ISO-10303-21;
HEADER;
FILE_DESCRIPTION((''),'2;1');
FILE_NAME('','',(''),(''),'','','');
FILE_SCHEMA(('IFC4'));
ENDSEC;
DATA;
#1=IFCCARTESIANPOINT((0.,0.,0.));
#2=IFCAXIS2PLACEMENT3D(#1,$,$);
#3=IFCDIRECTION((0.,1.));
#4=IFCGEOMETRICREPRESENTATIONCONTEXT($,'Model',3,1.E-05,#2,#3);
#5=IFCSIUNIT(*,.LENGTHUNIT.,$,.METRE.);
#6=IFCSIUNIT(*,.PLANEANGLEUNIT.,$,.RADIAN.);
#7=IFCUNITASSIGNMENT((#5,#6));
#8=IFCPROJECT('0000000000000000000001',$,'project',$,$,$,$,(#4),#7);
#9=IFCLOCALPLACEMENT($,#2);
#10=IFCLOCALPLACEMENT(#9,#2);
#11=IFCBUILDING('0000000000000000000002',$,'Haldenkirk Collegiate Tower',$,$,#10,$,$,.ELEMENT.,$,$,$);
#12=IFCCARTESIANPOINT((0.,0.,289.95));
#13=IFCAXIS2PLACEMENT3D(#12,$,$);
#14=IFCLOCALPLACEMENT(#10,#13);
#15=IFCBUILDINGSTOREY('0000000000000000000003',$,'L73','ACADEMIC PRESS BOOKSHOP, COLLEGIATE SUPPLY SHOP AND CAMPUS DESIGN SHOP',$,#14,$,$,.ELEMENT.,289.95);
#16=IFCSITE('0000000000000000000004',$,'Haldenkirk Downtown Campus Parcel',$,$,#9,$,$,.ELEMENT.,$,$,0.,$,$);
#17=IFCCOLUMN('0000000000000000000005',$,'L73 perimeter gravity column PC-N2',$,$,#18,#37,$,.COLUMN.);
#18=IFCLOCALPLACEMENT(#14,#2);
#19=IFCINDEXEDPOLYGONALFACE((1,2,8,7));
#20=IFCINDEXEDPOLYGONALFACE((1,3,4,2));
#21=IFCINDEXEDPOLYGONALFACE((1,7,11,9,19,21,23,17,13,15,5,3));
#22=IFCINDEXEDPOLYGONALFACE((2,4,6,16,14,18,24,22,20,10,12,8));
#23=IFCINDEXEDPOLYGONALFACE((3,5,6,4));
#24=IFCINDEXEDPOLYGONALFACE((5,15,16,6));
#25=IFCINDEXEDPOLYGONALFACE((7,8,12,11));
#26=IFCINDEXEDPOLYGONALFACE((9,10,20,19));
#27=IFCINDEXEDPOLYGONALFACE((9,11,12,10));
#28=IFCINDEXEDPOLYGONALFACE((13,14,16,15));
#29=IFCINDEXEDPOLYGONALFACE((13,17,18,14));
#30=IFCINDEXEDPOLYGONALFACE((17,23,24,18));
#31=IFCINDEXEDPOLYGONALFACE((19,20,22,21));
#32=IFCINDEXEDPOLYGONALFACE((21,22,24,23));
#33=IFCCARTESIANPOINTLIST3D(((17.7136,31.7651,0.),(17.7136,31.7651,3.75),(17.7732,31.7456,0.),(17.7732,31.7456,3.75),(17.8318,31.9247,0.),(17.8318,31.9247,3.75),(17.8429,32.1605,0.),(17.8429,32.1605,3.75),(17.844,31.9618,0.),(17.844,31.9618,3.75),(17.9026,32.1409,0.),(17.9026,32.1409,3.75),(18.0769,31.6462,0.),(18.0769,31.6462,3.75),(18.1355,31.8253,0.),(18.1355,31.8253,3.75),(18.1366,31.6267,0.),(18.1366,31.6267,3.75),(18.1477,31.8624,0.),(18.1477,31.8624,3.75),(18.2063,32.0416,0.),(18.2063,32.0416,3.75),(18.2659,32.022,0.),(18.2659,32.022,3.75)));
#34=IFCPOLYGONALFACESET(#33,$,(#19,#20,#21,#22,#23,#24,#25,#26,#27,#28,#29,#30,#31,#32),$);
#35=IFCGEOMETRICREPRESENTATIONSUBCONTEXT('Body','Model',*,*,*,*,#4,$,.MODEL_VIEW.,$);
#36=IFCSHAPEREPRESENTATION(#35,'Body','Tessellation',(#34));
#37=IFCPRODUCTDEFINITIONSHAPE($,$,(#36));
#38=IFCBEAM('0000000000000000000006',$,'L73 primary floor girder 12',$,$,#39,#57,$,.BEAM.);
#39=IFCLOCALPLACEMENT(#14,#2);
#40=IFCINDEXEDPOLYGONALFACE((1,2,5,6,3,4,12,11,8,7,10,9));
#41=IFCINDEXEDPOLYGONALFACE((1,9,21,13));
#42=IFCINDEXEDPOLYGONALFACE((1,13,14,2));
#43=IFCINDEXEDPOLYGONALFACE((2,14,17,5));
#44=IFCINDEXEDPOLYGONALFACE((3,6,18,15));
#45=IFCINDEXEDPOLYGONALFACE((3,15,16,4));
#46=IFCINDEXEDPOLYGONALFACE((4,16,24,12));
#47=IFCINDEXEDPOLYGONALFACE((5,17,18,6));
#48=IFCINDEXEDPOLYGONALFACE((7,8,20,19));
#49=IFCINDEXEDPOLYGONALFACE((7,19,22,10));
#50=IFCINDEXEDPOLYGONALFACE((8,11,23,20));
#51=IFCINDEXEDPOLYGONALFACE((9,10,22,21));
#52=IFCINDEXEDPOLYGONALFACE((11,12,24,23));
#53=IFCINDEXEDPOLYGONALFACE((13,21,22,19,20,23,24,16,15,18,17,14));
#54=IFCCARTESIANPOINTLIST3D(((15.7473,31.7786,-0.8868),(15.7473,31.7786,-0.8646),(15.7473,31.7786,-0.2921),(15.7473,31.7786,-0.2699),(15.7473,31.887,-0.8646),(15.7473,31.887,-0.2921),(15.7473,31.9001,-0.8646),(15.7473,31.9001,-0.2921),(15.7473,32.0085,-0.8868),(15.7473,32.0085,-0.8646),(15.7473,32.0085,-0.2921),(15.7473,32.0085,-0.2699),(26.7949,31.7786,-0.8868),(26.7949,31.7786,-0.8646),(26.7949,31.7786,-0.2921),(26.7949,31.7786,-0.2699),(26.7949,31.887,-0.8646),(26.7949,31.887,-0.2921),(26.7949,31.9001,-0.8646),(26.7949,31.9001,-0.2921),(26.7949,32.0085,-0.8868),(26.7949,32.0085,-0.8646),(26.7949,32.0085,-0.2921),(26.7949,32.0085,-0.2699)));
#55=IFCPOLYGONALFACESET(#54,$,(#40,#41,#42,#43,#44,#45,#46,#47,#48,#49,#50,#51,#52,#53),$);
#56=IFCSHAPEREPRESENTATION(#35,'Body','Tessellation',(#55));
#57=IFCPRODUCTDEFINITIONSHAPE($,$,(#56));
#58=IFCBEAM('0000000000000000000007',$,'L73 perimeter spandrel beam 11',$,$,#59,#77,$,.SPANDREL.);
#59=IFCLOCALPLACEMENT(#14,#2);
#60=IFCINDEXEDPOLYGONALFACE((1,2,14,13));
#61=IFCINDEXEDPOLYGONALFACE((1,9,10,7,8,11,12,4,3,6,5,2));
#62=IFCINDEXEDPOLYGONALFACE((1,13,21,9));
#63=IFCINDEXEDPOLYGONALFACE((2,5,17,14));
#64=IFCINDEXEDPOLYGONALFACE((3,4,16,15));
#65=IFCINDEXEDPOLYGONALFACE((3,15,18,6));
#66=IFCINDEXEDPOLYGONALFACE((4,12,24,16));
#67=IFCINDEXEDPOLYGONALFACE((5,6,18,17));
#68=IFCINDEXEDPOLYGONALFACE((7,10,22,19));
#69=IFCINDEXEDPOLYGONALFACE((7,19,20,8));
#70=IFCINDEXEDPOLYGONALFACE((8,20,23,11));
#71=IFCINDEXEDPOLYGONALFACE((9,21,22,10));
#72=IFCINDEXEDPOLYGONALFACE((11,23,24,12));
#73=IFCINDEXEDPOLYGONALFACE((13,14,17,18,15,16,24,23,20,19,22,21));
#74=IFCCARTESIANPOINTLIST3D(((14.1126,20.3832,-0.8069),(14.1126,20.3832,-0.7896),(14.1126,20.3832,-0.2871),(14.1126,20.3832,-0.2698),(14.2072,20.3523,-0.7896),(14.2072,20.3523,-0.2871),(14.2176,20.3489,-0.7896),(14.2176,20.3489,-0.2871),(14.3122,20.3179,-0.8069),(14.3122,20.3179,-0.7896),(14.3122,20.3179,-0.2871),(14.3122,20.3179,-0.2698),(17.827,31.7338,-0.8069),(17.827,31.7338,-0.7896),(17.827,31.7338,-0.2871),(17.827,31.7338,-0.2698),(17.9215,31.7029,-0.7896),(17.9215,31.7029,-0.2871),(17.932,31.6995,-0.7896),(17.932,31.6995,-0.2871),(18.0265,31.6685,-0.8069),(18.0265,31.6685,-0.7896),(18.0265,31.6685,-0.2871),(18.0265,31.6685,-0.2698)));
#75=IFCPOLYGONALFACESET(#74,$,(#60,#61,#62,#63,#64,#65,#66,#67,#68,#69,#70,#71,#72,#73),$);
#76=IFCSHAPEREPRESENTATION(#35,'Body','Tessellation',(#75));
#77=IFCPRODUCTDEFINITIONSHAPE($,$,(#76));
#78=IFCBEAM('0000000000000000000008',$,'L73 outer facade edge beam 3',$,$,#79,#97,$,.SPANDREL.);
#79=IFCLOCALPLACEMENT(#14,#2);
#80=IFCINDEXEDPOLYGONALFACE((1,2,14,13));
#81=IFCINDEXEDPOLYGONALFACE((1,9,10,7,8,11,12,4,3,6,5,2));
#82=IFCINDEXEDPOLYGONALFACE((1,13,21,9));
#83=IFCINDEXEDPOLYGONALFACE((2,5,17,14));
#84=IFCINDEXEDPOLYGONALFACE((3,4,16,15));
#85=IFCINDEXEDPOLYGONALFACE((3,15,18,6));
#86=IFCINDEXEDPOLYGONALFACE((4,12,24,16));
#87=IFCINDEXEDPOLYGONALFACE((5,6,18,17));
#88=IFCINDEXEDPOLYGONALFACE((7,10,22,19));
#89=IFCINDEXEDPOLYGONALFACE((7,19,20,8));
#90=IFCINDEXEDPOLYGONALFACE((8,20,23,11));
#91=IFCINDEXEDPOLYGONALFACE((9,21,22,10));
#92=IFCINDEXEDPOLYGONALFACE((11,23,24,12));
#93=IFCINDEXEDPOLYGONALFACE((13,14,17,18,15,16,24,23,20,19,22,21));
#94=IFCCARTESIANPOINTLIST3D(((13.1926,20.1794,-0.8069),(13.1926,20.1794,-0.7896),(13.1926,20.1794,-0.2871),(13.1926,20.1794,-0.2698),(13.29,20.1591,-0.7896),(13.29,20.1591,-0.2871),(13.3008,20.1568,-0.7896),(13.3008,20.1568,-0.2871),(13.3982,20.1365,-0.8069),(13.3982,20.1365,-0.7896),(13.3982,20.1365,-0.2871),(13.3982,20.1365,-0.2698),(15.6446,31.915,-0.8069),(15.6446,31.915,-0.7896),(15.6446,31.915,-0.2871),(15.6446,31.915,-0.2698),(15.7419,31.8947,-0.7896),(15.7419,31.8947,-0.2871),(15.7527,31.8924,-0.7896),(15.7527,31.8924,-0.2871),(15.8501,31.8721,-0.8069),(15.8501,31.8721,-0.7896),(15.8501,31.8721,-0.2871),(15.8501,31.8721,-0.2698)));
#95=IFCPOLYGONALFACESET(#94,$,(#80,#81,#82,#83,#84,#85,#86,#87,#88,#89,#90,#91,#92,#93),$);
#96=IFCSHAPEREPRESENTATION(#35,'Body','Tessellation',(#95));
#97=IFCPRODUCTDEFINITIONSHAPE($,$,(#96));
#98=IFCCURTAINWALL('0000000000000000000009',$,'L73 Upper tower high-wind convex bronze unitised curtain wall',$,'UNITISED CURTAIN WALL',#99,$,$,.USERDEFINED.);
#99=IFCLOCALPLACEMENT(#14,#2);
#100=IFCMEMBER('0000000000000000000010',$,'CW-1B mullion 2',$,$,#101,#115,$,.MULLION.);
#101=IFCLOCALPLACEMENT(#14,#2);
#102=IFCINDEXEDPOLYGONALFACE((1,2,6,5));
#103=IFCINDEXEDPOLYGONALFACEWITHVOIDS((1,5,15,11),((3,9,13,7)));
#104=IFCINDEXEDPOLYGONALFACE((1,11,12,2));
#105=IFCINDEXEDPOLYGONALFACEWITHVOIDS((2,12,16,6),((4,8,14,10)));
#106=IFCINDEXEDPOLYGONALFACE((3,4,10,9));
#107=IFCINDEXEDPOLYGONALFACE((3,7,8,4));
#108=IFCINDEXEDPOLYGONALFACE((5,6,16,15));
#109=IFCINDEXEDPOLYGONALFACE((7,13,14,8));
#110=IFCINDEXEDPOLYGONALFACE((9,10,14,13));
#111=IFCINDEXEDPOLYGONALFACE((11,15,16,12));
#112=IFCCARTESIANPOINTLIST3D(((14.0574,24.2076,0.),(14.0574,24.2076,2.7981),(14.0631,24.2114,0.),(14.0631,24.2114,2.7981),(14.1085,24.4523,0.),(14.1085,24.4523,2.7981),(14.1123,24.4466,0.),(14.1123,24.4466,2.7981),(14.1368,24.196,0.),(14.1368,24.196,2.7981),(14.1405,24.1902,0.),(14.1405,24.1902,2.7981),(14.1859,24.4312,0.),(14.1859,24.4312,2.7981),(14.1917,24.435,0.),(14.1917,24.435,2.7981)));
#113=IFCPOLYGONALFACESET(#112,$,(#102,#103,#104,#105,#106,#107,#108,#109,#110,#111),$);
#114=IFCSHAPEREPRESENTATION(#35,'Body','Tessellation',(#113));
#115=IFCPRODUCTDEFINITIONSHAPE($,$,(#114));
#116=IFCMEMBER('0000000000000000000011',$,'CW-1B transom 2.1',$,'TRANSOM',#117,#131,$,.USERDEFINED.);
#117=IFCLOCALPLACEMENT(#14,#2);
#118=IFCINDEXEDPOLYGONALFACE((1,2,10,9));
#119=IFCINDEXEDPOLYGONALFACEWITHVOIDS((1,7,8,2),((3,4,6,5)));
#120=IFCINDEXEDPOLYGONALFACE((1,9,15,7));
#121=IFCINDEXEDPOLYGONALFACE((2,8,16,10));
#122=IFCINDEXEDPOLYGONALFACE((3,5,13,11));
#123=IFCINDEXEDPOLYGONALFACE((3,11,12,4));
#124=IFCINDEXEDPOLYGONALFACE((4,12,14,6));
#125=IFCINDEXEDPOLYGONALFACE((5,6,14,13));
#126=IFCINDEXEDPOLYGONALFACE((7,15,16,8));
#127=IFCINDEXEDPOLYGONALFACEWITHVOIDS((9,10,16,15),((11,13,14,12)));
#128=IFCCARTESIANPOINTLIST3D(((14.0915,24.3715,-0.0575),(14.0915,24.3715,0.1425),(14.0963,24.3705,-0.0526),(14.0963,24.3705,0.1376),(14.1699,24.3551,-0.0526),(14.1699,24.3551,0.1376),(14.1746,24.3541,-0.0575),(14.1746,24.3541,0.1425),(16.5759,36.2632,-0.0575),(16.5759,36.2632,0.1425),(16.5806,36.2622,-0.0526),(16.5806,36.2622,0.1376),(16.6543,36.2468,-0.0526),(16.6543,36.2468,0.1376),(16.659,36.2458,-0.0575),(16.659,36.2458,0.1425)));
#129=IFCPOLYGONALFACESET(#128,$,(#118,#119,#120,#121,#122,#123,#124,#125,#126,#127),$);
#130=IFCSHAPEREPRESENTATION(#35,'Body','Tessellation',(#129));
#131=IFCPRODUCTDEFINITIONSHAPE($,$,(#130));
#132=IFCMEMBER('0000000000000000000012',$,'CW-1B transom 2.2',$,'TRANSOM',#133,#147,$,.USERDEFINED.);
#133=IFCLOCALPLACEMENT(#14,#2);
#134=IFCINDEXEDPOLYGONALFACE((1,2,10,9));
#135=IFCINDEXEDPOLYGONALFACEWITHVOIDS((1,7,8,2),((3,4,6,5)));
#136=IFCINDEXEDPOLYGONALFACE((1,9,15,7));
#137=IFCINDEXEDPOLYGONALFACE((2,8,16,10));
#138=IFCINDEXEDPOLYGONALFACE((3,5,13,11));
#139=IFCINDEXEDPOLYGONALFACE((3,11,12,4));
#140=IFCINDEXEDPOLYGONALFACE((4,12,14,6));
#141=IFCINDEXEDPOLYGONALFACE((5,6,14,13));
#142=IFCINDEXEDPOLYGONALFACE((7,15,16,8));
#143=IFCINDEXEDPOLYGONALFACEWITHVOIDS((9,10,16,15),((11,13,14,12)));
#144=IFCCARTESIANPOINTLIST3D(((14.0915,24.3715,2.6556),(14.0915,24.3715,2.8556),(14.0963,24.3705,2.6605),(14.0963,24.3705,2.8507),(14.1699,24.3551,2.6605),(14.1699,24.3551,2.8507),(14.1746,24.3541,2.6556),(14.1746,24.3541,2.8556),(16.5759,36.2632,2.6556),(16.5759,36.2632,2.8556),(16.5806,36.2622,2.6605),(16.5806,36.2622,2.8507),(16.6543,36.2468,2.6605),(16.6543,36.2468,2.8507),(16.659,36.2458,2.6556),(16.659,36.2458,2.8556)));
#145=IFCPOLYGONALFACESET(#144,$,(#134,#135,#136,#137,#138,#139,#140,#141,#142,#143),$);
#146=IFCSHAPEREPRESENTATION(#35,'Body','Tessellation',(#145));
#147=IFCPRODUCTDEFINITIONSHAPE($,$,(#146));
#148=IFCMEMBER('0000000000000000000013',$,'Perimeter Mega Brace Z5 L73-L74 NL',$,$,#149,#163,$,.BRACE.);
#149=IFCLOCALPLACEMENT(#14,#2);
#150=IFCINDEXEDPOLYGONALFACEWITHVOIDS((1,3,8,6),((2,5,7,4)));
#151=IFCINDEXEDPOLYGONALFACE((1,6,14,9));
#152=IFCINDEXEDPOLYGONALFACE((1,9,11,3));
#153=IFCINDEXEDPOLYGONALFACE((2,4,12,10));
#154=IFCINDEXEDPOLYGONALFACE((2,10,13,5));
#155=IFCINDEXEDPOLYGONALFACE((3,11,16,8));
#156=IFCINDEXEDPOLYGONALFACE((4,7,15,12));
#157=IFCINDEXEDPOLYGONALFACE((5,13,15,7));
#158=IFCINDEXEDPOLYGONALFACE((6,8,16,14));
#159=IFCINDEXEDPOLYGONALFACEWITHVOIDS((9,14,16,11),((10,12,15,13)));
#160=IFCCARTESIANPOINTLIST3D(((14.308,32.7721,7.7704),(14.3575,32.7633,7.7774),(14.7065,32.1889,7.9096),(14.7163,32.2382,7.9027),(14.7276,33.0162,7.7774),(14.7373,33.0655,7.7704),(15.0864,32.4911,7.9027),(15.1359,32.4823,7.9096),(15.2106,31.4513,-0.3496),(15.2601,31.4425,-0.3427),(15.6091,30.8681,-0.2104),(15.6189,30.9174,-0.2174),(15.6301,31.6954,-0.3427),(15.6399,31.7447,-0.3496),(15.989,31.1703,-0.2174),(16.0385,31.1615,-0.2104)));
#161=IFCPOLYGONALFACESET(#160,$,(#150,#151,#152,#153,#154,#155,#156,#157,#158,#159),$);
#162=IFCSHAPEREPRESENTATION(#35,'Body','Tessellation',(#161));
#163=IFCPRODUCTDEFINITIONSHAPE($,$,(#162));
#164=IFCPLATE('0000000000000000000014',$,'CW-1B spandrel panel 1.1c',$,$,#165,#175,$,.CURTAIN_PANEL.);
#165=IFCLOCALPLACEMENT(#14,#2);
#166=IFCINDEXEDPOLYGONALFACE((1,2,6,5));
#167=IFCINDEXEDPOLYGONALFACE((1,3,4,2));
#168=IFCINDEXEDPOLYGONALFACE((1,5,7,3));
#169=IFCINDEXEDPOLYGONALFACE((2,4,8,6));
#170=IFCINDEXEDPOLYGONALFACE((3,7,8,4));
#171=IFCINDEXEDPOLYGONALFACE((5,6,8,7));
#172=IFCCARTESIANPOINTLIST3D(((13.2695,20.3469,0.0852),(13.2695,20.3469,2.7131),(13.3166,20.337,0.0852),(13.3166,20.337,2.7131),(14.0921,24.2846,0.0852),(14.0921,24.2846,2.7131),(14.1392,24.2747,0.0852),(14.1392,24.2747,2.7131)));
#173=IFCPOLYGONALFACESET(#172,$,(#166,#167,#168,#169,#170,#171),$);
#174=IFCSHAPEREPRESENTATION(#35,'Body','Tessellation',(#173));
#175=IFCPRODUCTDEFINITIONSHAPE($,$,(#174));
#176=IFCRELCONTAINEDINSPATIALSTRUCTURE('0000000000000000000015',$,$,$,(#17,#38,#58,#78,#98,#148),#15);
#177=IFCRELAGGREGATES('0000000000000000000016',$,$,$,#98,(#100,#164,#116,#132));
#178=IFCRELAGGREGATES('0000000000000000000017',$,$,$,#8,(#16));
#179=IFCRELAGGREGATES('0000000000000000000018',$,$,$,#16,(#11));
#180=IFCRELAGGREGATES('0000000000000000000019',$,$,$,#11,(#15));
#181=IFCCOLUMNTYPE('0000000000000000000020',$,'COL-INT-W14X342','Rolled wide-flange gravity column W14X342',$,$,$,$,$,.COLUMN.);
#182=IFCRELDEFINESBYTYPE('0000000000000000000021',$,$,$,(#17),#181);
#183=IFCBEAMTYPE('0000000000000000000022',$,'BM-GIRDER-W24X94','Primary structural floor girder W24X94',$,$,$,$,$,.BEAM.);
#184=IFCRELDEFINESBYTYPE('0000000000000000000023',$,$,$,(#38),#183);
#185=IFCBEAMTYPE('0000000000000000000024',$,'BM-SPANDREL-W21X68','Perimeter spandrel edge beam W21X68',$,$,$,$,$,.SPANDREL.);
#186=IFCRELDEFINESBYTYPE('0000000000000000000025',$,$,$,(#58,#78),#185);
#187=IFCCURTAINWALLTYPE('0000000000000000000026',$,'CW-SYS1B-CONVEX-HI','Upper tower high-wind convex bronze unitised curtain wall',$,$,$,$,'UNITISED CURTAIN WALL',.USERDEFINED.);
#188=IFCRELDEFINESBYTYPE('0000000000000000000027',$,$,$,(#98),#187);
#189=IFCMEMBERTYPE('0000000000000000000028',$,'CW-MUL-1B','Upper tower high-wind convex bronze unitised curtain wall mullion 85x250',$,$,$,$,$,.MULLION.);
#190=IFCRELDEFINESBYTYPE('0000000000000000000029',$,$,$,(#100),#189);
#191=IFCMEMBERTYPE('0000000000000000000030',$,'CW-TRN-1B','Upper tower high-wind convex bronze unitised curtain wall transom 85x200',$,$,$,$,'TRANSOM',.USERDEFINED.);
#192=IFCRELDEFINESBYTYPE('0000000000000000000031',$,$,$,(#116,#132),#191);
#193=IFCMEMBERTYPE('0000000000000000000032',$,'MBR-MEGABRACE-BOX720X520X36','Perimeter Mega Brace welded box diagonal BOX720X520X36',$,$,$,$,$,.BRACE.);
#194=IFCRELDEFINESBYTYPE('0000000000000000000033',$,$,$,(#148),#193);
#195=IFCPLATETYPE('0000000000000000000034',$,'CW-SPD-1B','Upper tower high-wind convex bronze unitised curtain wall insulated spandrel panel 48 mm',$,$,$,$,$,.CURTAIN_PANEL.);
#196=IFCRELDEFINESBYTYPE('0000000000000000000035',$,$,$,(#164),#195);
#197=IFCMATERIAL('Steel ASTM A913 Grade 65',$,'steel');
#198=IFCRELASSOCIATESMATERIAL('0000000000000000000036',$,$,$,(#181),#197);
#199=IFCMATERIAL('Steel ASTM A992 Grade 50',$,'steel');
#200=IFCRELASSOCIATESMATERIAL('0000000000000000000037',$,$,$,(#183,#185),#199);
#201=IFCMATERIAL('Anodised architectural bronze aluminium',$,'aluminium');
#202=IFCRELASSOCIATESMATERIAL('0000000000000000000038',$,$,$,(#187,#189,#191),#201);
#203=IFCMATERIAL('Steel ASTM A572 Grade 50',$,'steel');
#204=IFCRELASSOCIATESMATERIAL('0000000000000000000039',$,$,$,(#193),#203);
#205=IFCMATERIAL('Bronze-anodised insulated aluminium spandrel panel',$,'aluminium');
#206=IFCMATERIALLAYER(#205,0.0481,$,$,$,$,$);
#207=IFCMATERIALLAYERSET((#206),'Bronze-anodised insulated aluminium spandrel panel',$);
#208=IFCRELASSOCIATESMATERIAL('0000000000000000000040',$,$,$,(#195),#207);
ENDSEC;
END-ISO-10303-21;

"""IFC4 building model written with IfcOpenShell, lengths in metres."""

from ifc_helpers import new_model, si_unit, direction, frame, origin, origin_2d, place, context, subcontext, project, spatial, rectangle, hollow_rectangle, i_section, extrude, source, transform, mapped, material, layer, layer_set, material_profile, profile_set, type_object, element, aggregate, save


model = new_model("IFC4")

# Units and contexts
model_context = context("Model", 3, precision=1e-05, world=origin(), true_north=direction((0.0, 1.0)))
body_context = subcontext(model_context, "Body", "Model", "MODEL_VIEW")
ifc_project = project(units=[si_unit("LENGTHUNIT", "METRE"), si_unit("PLANEANGLEUNIT", "RADIAN")], contexts=[model_context])

# Site, building, storey
site_placement = place(None, origin())
site = spatial("IfcSite", under=ifc_project, at=site_placement, Name="Haldenkirk Downtown Campus Parcel", CompositionType="ELEMENT", RefElevation=0.0)
building_placement = place(site_placement, origin())
building = spatial("IfcBuilding", under=site, at=building_placement, Name="Haldenkirk Collegiate Tower", CompositionType="ELEMENT")
storey_placement = place(building_placement, frame((0.0, 0.0, 289.95)))
storey = spatial("IfcBuildingStorey", under=building, at=storey_placement, Name="L73", Description="ACADEMIC PRESS BOOKSHOP, COLLEGIATE SUPPLY SHOP AND CAMPUS DESIGN SHOP", CompositionType="ELEMENT", Elevation=289.95)

# Column
ifc_material_1 = material(Name="Steel ASTM A913 Grade 65", Category="steel")
ifc_material_profile_1 = material_profile(ifc_material_1, i_section(OverallWidth=0.416, OverallDepth=0.4451, WebThickness=0.0391, FlangeThickness=0.0627, at=origin_2d()), Name="W14X342")
ifc_profile_set_1 = profile_set([ifc_material_profile_1], Name="Steel ASTM A913 Grade 65")
column_type = type_object("IfcColumnType", Name="COL-INT-W14X342", Description="Rolled wide-flange gravity column W14X342", PredefinedType="COLUMN", material=ifc_profile_set_1)
column_placement = place(storey_placement, frame((17.9897, 31.8936, 0.0), z_axis=(0.0, 0.0, 1.0), x_axis=(0.311008, 0.950407, 0.0)))
element("IfcColumn", 1, at=column_placement, inside=storey, type_object=column_type, Name="L73 perimeter gravity column PC-N2", PredefinedType="COLUMN", context=body_context, shape_type="SweptSolid", body=[
    extrude(i_section(OverallWidth=0.416, OverallDepth=0.4451, WebThickness=0.0391, FlangeThickness=0.0627, at=origin_2d()), origin(), (0.0, 0.0, 1.0), 3.75),
])

# Beams
ifc_material_2 = material(Name="Steel ASTM A992 Grade 50", Category="steel")
ifc_material_profile_2 = material_profile(ifc_material_2, i_section(OverallWidth=0.23, OverallDepth=0.6169, WebThickness=0.0132, FlangeThickness=0.0222, at=origin_2d()), Name="W24X94")
ifc_profile_set_2 = profile_set([ifc_material_profile_2], Name="Steel ASTM A992 Grade 50")
beam_type_1 = type_object("IfcBeamType", Name="BM-GIRDER-W24X94", Description="Primary structural floor girder W24X94", PredefinedType="BEAM", material=ifc_profile_set_2)
beam_1_placement = place(storey_placement, frame((15.7473, 31.8936, -0.5784), z_axis=(1.0, 0.0, 0.0), x_axis=(0.0, 1.0, 0.0)))
element("IfcBeam", 2, at=beam_1_placement, inside=storey, type_object=beam_type_1, Name="L73 primary floor girder 12", PredefinedType="BEAM", context=body_context, shape_type="SweptSolid", body=[
    extrude(i_section(OverallWidth=0.23, OverallDepth=0.6169, WebThickness=0.0132, FlangeThickness=0.0222, at=origin_2d()), origin(), (0.0, 0.0, 1.0), 11.0476),
])
ifc_material_profile_3 = material_profile(ifc_material_2, i_section(OverallWidth=0.21, OverallDepth=0.5371, WebThickness=0.011, FlangeThickness=0.0173, at=origin_2d()), Name="W21X68")
ifc_profile_set_3 = profile_set([ifc_material_profile_3], Name="Steel ASTM A992 Grade 50")
beam_type_2 = type_object("IfcBeamType", Name="BM-SPANDREL-W21X68", Description="Perimeter spandrel edge beam W21X68", PredefinedType="SPANDREL", material=ifc_profile_set_3)
beam_2_placement = place(storey_placement, frame((17.9268, 31.7012, -0.5383), z_axis=(-0.31101, -0.950407, 0.0), x_axis=(0.950407, -0.31101, 0.0)))
element("IfcBeam", 3, at=beam_2_placement, inside=storey, type_object=beam_type_2, Name="L73 perimeter spandrel beam 11", PredefinedType="SPANDREL", context=body_context, shape_type="SweptSolid", body=[
    extrude(i_section(OverallWidth=0.21, OverallDepth=0.5371, WebThickness=0.011, FlangeThickness=0.0173, at=origin_2d()), origin(), (0.0, 0.0, 1.0), 11.9429),
])
beam_3_placement = place(storey_placement, frame((15.7473, 31.8936, -0.5383), z_axis=(-0.204513, -0.978864, 0.0), x_axis=(0.978864, -0.204513, 0.0)))
element("IfcBeam", 4, at=beam_3_placement, inside=storey, type_object=beam_type_2, Name="L73 outer facade edge beam 3", PredefinedType="SPANDREL", context=body_context, shape_type="SweptSolid", body=[
    extrude(i_section(OverallWidth=0.21, OverallDepth=0.5371, WebThickness=0.011, FlangeThickness=0.0173, at=origin_2d()), origin(), (0.0, 0.0, 1.0), 11.989),
])

# Curtain wall, members
ifc_material_3 = material(Name="Anodised architectural bronze aluminium", Category="aluminium")
curtain_wall_type = type_object("IfcCurtainWallType", Name="CW-SYS1B-CONVEX-HI", Description="Upper tower high-wind convex bronze unitised curtain wall", ElementType="UNITISED CURTAIN WALL", PredefinedType="USERDEFINED", material=ifc_material_3)
curtain_wall_placement = place(storey_placement, origin())
curtain_wall = element("IfcCurtainWall", 5, at=curtain_wall_placement, inside=storey, type_object=curtain_wall_type, Name="L73 Upper tower high-wind convex bronze unitised curtain wall", ObjectType="UNITISED CURTAIN WALL", PredefinedType="USERDEFINED")
ifc_material_profile_4 = material_profile(ifc_material_3, hollow_rectangle(XDim=0.085, YDim=0.25, WallThickness=0.0049, at=origin_2d()), Name="CW-MUL-1B")
ifc_profile_set_4 = profile_set([ifc_material_profile_4], Name="Anodised architectural bronze aluminium")
member_type_1 = type_object("IfcMemberType", Name="CW-MUL-1B", Description="Upper tower high-wind convex bronze unitised curtain wall mullion 85x250", PredefinedType="MULLION", material=ifc_profile_set_4)
member_1_placement = place(storey_placement, frame((14.1245, 24.3213, 0.0), z_axis=(0.0, 0.0, 1.0), x_axis=(-0.978867, 0.204499, 0.0)))
member_1 = element("IfcMember", 6, at=member_1_placement, type_object=member_type_1, Name="CW-1B mullion 2", PredefinedType="MULLION", context=body_context, shape_type="SweptSolid", body=[
    extrude(hollow_rectangle(XDim=0.085, YDim=0.25, WallThickness=0.0049, at=origin_2d()), origin(), (0.0, 0.0, 1.0), 2.7981),
])
ifc_material_profile_5 = material_profile(ifc_material_3, hollow_rectangle(XDim=0.085, YDim=0.2, WallThickness=0.0049, at=origin_2d()), Name="CW-TRN-1B")
ifc_profile_set_5 = profile_set([ifc_material_profile_5], Name="Anodised architectural bronze aluminium")
member_type_2 = type_object("IfcMemberType", Name="CW-TRN-1B", Description="Upper tower high-wind convex bronze unitised curtain wall transom 85x200", ElementType="TRANSOM", PredefinedType="USERDEFINED", material=ifc_profile_set_5)
member_2_placement = place(storey_placement, frame((14.1331, 24.3628, 0.0425), z_axis=(0.204503, 0.978866, 0.0), x_axis=(-0.978866, 0.204503, 0.0)))
member_2 = element("IfcMember", 7, at=member_2_placement, type_object=member_type_2, Name="CW-1B transom 2.1", ObjectType="TRANSOM", PredefinedType="USERDEFINED", context=body_context, shape_type="SweptSolid", body=[
    extrude(hollow_rectangle(XDim=0.085, YDim=0.2, WallThickness=0.0049, at=origin_2d()), origin(), (0.0, 0.0, 1.0), 12.1484),
])
member_3_placement = place(storey_placement, frame((14.1331, 24.3628, 2.7556), z_axis=(0.204503, 0.978866, 0.0), x_axis=(-0.978866, 0.204503, 0.0)))
member_3 = element("IfcMember", 8, at=member_3_placement, type_object=member_type_2, Name="CW-1B transom 2.2", ObjectType="TRANSOM", PredefinedType="USERDEFINED", context=body_context, shape_type="SweptSolid", body=[
    extrude(hollow_rectangle(XDim=0.085, YDim=0.2, WallThickness=0.0049, at=origin_2d()), origin(), (0.0, 0.0, 1.0), 12.1484),
])

# Member
ifc_material_4 = material(Name="Steel ASTM A572 Grade 50", Category="steel")
ifc_material_profile_6 = material_profile(ifc_material_4, hollow_rectangle(XDim=0.52, YDim=0.72, WallThickness=0.0359, at=origin_2d()), Name="BOX720X520X36")
ifc_profile_set_6 = profile_set([ifc_material_profile_6], Name="Steel ASTM A572 Grade 50")
member_type_3 = type_object("IfcMemberType", Name="MBR-MEGABRACE-BOX720X520X36", Description="Perimeter Mega Brace welded box diagonal BOX720X520X36", PredefinedType="BRACE", material=ifc_profile_set_6)
member_4_placement = place(storey_placement, frame((15.6245, 31.3064, -0.28), z_axis=(-0.109058, 0.15959, 0.981141), x_axis=(-0.825633, -0.564208, 0.0)))
element("IfcMember", 9, at=member_4_placement, inside=storey, type_object=member_type_3, Name="Perimeter Mega Brace Z5 L73-L74 NL", PredefinedType="BRACE", context=body_context, shape_type="SweptSolid", body=[
    extrude(hollow_rectangle(XDim=0.52, YDim=0.72, WallThickness=0.0359, at=origin_2d()), origin(), (0.0, 0.0, 1.0), 8.2761),
])

# Plate
ifc_material_5 = material(Name="Bronze-anodised insulated aluminium spandrel panel", Category="aluminium")
ifc_layer_1 = layer(ifc_material_5, 0.0481)
ifc_layer_set_1 = layer_set([ifc_layer_1], Name="Bronze-anodised insulated aluminium spandrel panel")
plate_type = type_object("IfcPlateType", Name="CW-SPD-1B", Description="Upper tower high-wind convex bronze unitised curtain wall insulated spandrel panel 48 mm", PredefinedType="CURTAIN_PANEL", material=ifc_layer_set_1)
shared_shape_1 = source(origin(), body_context, "Body", "SweptSolid", [
    extrude(rectangle(XDim=4.0227, YDim=0.0481, at=origin_2d()), origin(), (0.0, 0.0, 1.0), 2.6279),
])
plate_1_placement = place(storey_placement, frame((13.7043, 22.3108, 0.0852), z_axis=(0.0, 0.0, 1.0), x_axis=(0.204499, 0.978867, 0.0)))
plate_1 = element("IfcPlate", 10, at=plate_1_placement, type_object=plate_type, Name="CW-1B spandrel panel 1.1c", PredefinedType="CURTAIN_PANEL", context=body_context, shape_type="MappedRepresentation", body=[
    mapped(shared_shape_1, transform((0.0, 0.0, 0.0), x_axis=(1.0, 0.0, 0.0), y_axis=(0.0, 1.0, 0.0), z_axis=(0.0, 0.0, 1.0), scale=1.0)),
])
aggregate(curtain_wall, [member_1, plate_1, member_2, member_3])

save(model, "model.ifc")
